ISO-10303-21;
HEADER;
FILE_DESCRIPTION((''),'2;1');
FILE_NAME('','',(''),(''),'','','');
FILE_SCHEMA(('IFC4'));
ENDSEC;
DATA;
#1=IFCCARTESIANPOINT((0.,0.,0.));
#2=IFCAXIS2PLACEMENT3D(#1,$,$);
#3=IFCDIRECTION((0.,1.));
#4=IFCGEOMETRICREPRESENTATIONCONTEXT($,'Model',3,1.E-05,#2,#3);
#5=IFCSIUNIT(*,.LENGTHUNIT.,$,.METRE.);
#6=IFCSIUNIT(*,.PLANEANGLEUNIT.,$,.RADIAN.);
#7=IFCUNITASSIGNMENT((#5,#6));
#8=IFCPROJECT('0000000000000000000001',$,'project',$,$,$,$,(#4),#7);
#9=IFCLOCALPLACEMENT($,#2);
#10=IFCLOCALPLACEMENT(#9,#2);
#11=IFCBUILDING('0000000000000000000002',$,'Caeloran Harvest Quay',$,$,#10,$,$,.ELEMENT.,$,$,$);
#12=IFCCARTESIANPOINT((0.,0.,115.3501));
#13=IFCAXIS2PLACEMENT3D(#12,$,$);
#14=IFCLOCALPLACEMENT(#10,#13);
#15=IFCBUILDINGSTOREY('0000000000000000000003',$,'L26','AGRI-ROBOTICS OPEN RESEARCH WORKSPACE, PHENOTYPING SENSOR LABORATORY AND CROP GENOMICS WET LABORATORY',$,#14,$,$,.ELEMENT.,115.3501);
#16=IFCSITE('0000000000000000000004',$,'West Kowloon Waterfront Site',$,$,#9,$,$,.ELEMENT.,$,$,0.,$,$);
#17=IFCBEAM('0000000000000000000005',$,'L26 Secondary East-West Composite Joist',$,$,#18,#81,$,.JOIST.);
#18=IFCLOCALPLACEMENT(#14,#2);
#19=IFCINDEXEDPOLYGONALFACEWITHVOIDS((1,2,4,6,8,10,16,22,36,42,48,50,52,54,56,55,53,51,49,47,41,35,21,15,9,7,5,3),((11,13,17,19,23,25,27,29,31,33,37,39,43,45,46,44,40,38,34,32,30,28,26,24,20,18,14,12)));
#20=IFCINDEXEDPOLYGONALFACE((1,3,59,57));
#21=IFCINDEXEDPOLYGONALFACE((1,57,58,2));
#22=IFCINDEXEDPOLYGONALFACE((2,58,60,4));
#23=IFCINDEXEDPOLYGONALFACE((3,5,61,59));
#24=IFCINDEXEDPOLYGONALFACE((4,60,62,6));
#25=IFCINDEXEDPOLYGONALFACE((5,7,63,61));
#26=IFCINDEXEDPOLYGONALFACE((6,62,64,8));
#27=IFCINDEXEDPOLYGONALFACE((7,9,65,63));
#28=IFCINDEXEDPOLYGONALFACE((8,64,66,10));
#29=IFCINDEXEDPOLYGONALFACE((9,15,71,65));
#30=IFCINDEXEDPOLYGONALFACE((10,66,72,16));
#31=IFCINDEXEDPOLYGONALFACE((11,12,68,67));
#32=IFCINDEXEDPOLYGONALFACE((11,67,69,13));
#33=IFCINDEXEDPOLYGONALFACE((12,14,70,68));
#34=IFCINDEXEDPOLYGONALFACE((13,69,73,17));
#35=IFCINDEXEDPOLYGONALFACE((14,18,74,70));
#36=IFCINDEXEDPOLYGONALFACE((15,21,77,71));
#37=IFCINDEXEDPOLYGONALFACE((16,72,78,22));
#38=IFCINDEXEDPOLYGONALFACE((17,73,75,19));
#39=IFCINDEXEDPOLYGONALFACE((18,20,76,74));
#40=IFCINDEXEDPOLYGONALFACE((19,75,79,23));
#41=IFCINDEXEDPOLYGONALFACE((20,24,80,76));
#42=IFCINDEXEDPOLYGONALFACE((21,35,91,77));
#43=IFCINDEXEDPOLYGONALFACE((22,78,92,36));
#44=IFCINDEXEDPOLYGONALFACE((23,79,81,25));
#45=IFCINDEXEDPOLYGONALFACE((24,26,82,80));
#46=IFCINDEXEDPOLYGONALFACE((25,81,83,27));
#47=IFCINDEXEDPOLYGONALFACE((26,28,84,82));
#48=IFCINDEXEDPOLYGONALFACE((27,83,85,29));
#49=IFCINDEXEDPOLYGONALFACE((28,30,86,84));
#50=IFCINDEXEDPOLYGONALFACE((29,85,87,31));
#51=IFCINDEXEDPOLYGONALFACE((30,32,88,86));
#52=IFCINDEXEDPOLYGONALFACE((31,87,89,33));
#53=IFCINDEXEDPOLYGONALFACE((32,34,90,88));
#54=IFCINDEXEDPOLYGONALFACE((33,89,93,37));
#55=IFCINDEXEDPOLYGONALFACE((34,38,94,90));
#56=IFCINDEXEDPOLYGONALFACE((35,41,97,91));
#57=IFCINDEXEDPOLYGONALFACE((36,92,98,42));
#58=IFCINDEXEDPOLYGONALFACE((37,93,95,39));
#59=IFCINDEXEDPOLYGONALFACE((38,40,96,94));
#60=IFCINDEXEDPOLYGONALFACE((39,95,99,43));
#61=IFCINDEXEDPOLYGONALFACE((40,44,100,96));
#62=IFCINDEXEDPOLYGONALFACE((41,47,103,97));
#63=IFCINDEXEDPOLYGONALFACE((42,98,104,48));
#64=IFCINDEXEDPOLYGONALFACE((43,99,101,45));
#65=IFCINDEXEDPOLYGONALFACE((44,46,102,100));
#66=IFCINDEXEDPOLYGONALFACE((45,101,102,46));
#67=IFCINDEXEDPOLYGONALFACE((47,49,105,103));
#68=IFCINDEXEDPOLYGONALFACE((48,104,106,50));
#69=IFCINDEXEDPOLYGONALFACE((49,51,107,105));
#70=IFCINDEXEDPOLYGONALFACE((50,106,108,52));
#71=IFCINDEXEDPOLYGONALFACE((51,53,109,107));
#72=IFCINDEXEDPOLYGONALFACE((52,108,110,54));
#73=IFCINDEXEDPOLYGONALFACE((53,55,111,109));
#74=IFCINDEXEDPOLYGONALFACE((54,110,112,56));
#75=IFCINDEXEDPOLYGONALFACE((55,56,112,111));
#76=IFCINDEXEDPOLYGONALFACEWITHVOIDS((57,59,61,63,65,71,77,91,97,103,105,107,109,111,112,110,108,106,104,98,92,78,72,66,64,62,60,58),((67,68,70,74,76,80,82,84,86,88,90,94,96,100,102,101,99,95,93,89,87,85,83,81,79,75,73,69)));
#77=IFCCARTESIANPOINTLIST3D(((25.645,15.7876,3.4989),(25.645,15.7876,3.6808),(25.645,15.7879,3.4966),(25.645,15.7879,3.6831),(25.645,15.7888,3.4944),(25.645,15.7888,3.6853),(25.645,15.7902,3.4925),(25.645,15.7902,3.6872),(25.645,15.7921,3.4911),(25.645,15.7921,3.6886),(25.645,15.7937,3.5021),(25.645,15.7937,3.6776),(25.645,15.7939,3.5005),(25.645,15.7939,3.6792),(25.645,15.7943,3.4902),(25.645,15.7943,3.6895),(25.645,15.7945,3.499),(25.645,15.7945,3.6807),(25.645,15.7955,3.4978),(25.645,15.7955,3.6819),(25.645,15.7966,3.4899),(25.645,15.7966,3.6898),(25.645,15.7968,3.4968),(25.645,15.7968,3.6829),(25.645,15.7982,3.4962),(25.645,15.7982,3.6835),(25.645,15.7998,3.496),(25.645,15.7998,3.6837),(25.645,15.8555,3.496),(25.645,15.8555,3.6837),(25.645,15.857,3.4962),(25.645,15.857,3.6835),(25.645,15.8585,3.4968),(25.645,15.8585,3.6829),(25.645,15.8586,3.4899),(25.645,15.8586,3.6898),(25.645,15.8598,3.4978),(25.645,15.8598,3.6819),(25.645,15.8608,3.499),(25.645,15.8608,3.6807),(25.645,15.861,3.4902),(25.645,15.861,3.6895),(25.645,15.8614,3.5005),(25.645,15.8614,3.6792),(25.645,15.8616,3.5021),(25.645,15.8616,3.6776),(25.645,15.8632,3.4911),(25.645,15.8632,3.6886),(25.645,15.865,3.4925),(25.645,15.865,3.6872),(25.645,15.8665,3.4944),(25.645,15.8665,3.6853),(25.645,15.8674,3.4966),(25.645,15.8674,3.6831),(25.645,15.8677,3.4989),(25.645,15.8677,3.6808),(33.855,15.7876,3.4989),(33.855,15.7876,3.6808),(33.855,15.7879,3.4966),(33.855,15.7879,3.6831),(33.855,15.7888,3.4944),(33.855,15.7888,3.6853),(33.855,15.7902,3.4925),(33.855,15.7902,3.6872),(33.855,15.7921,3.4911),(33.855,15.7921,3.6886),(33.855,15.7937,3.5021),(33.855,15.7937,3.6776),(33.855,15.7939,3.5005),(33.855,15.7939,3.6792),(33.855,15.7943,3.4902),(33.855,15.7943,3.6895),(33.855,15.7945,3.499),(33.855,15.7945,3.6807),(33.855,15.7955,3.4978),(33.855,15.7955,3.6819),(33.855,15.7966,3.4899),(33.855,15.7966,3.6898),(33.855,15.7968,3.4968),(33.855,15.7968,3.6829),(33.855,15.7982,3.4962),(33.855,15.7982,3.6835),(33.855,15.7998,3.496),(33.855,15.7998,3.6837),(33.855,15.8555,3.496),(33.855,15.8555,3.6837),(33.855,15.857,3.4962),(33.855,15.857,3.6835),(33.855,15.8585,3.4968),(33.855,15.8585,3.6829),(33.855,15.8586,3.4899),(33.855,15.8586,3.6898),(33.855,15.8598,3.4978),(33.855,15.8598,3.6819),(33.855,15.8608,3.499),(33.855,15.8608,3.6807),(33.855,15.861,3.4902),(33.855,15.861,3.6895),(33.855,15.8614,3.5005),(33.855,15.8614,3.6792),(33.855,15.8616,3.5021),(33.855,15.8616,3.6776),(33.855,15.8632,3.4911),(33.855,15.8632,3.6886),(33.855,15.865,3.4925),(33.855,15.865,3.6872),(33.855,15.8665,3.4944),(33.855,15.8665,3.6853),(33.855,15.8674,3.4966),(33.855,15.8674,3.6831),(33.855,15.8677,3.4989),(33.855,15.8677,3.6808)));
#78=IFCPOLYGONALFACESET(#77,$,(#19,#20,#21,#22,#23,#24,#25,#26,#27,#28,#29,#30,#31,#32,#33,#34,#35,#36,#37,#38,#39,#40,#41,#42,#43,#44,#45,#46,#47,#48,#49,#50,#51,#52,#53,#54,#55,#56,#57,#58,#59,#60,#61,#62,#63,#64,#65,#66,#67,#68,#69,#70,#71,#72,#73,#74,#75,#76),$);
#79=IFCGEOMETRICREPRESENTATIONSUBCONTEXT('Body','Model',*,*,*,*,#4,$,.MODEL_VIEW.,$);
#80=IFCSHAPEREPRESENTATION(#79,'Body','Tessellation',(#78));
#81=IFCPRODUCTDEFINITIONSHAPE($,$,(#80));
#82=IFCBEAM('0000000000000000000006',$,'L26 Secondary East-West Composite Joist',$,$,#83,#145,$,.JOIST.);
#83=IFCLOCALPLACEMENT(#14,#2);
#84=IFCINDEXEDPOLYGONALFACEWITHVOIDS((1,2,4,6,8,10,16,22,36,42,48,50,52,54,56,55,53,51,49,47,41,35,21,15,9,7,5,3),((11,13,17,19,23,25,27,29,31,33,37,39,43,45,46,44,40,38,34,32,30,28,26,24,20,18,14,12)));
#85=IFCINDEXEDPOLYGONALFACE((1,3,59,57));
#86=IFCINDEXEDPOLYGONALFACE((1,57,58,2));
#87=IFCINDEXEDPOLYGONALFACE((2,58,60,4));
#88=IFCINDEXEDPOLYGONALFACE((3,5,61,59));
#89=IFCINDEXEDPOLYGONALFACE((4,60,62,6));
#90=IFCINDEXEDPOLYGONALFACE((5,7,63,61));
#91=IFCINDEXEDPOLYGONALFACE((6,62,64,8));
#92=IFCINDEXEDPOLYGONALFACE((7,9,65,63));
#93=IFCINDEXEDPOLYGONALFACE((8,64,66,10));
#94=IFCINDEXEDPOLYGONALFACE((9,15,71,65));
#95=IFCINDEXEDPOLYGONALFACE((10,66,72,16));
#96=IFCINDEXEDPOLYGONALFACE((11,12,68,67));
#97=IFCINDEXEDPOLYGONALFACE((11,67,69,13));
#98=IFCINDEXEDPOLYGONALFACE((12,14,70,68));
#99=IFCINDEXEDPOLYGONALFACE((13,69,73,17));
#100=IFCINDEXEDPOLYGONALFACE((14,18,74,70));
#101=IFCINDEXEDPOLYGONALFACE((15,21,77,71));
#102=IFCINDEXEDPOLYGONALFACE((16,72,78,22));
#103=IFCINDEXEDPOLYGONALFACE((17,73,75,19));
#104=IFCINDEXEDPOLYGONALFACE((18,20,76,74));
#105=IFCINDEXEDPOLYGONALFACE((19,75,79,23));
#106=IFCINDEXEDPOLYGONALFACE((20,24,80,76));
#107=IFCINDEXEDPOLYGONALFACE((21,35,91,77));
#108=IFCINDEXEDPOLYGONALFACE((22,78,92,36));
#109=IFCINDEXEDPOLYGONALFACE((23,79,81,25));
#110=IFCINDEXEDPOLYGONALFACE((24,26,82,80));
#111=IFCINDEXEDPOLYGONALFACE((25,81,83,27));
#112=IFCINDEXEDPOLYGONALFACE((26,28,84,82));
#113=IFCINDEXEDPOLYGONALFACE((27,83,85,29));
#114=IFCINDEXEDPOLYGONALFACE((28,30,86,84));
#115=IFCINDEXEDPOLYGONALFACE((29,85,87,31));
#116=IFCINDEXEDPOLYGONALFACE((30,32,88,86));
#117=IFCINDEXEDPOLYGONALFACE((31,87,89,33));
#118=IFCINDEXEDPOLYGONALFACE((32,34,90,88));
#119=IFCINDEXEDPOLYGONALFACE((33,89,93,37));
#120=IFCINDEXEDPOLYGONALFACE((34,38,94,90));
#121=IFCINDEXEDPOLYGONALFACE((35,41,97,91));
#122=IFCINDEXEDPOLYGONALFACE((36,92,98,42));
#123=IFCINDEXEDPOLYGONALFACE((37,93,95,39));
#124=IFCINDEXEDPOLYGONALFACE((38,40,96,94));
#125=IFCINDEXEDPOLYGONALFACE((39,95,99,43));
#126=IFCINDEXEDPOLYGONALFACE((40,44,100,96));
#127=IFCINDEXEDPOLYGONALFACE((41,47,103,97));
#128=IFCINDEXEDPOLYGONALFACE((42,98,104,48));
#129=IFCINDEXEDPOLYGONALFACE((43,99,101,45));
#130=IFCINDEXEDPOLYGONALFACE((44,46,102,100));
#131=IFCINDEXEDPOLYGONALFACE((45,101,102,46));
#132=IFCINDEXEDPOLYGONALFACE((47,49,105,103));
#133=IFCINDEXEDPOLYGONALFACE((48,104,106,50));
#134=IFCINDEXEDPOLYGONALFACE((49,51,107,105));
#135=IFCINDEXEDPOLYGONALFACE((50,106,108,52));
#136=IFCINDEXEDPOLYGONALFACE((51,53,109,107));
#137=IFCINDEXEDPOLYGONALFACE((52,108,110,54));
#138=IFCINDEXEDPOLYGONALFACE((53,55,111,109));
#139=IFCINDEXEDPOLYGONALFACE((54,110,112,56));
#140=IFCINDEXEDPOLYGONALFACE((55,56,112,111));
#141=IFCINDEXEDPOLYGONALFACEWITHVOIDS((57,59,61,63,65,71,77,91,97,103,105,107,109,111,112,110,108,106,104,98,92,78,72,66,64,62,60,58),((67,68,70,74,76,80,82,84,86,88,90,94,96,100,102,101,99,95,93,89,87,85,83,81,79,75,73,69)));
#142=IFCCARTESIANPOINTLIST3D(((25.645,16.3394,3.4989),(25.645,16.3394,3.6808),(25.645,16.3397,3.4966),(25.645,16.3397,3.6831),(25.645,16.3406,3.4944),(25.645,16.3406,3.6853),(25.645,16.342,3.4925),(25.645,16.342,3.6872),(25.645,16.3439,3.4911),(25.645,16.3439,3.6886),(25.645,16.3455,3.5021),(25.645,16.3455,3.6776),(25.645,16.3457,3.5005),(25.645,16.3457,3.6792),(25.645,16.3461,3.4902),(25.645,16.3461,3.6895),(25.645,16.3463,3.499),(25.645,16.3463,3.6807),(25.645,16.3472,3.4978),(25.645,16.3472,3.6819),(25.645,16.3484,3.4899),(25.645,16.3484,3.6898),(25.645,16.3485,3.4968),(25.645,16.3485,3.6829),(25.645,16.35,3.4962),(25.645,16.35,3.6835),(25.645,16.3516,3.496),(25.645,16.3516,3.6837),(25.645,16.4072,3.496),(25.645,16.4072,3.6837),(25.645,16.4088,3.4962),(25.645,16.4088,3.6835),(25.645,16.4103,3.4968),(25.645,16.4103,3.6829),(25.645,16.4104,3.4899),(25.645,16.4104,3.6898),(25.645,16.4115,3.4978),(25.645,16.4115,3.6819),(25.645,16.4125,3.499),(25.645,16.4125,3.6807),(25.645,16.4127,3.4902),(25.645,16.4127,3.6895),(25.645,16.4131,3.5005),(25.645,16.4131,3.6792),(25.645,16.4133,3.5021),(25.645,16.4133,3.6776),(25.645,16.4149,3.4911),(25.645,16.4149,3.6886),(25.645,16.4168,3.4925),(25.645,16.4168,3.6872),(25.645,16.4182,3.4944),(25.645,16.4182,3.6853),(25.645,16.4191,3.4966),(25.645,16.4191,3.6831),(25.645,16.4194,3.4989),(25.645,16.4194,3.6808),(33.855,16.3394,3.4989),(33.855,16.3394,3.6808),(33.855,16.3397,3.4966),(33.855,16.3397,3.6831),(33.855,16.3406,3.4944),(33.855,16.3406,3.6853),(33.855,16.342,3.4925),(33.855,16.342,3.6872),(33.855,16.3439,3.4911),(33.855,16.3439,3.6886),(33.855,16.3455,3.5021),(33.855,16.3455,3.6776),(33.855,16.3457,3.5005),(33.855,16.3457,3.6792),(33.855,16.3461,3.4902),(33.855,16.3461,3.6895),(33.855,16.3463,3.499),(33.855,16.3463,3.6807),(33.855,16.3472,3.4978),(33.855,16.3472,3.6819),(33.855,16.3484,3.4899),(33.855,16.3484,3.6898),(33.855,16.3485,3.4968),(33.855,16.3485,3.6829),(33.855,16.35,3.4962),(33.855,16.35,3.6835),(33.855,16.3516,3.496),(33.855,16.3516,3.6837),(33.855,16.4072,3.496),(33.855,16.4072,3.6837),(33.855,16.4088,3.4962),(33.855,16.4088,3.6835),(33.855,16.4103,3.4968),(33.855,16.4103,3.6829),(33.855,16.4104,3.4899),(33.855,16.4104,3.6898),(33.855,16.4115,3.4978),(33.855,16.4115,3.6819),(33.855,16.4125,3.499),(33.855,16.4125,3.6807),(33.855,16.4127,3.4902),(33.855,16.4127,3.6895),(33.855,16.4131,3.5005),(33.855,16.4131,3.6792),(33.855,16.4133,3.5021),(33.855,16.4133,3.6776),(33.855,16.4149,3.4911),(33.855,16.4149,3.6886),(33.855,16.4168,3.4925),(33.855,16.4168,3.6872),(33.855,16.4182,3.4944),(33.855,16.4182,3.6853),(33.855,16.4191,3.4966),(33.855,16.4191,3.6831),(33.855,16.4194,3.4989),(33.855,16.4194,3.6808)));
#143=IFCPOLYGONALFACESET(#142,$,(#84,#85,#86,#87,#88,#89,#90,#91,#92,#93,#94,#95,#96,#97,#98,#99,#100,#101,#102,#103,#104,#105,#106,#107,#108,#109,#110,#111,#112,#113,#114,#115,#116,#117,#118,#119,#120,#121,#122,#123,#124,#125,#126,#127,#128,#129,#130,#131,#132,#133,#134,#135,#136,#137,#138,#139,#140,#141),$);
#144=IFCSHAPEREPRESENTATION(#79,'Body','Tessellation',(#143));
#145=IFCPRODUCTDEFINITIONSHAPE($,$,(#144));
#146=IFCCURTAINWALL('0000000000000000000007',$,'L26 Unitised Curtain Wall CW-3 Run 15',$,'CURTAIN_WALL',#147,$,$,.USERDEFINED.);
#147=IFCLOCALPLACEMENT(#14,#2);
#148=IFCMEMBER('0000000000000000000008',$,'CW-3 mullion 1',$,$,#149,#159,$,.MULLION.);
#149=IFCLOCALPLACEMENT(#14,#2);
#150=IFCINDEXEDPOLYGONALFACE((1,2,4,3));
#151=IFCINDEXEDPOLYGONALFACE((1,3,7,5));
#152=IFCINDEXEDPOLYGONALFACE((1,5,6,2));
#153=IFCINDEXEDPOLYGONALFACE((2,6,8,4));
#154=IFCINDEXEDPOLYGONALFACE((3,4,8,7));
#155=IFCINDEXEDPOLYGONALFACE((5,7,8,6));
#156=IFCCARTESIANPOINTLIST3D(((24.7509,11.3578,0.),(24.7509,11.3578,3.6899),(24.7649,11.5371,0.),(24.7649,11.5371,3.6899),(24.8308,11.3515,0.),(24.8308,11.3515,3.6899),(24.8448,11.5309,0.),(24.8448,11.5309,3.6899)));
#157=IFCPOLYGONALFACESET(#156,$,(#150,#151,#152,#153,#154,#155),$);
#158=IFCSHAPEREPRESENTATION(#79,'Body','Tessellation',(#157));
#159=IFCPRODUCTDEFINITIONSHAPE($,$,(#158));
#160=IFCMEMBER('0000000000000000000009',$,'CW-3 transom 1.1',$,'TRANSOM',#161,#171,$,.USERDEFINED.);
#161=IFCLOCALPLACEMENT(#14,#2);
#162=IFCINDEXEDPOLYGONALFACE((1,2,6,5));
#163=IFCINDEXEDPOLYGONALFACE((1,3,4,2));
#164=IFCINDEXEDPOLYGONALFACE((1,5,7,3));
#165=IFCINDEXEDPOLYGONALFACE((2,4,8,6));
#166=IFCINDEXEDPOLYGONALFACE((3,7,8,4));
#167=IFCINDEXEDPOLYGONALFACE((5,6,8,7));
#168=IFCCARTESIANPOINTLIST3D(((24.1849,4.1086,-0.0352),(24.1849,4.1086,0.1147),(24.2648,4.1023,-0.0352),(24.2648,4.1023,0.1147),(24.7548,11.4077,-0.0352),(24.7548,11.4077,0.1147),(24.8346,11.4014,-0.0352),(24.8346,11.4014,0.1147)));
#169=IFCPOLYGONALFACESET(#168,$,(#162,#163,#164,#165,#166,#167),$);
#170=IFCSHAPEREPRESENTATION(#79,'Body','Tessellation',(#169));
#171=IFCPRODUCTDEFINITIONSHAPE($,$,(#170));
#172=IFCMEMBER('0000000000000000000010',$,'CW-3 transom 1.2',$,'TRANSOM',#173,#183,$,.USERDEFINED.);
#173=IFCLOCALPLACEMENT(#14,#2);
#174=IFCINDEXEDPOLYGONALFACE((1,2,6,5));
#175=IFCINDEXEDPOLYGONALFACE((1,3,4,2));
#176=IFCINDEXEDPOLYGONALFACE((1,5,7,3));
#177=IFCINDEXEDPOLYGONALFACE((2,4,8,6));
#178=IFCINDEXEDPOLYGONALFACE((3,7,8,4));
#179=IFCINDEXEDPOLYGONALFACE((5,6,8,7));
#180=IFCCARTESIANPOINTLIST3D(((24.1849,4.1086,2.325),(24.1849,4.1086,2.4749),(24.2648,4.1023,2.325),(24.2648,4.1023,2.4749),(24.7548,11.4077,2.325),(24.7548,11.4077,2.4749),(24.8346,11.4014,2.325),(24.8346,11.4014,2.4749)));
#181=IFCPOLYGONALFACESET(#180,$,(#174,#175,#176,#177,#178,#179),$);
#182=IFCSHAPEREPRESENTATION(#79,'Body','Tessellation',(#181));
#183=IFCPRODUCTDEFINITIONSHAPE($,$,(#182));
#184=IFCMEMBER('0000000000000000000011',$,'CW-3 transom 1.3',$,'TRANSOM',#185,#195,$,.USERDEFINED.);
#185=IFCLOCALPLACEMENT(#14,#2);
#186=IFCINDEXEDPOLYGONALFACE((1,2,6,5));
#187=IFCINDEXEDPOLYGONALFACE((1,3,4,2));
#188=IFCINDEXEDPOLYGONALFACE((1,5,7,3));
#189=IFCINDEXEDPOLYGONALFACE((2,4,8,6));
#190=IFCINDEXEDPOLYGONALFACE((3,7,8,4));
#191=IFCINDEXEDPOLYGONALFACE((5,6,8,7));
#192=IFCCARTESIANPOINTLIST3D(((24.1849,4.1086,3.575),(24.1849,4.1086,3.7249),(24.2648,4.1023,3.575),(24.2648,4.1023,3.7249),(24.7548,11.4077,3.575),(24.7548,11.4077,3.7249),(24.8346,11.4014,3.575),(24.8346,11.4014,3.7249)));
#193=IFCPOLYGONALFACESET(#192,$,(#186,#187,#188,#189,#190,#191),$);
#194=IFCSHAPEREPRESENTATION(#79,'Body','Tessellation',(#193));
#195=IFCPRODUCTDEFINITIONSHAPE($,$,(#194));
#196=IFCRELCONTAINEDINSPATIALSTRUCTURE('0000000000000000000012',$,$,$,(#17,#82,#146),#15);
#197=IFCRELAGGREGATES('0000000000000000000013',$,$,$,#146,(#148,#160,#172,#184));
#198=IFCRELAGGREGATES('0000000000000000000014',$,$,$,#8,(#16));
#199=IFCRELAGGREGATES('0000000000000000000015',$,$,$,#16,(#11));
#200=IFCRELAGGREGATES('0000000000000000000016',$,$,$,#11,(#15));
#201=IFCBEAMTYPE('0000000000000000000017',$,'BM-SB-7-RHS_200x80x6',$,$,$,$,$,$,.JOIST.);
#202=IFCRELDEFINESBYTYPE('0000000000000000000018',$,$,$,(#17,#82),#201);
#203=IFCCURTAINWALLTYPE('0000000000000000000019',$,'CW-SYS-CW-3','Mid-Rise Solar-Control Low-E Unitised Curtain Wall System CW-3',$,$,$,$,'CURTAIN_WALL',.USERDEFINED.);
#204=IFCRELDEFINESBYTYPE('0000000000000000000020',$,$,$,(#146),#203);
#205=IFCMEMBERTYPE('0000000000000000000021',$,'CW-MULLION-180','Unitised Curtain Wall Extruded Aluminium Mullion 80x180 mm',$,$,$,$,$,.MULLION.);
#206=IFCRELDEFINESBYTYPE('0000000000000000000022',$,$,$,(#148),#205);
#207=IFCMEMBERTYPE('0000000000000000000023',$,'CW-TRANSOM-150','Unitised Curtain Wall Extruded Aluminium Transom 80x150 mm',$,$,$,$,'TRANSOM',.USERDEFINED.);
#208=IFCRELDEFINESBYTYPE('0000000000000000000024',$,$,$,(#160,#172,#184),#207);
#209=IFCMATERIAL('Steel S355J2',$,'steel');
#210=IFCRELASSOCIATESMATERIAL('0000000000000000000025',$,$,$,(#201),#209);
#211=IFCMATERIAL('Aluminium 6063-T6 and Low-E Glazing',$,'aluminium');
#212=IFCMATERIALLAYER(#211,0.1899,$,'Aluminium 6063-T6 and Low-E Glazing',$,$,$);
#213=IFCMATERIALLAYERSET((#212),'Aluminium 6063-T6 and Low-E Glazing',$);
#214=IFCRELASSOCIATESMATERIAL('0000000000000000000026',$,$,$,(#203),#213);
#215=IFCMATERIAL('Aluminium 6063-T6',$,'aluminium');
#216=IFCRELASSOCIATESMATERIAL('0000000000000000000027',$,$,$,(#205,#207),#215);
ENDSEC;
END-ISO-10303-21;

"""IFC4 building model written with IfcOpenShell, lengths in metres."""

from ifc_helpers import new_model, si_unit, direction, frame, origin, origin_2d, place, context, subcontext, project, spatial, rectangle, hollow_rectangle, extrude, material, layer, layer_set, material_profile, profile_set, type_object, element, aggregate, save


model = new_model("IFC4")

# Units and contexts
model_context = context("Model", 3, precision=1e-05, world=origin(), true_north=direction((0.0, 1.0)))
body_context = subcontext(model_context, "Body", "Model", "MODEL_VIEW")
ifc_project = project(units=[si_unit("LENGTHUNIT", "METRE"), si_unit("PLANEANGLEUNIT", "RADIAN")], contexts=[model_context])

# Site, building, storey
site_placement = place(None, origin())
site = spatial("IfcSite", under=ifc_project, at=site_placement, Name="West Kowloon Waterfront Site", CompositionType="ELEMENT", RefElevation=0.0)
building_placement = place(site_placement, origin())
building = spatial("IfcBuilding", under=site, at=building_placement, Name="Caeloran Harvest Quay", CompositionType="ELEMENT")
storey_placement = place(building_placement, frame((0.0, 0.0, 115.3501)))
storey = spatial("IfcBuildingStorey", under=building, at=storey_placement, Name="L26", Description="AGRI-ROBOTICS OPEN RESEARCH WORKSPACE, PHENOTYPING SENSOR LABORATORY AND CROP GENOMICS WET LABORATORY", CompositionType="ELEMENT", Elevation=115.3501)

# Beams
ifc_material_1 = material(Name="Steel S355J2", Category="steel")
ifc_material_profile_1 = material_profile(ifc_material_1, hollow_rectangle(XDim=0.0801, YDim=0.2, WallThickness=0.0061, InnerFilletRadius=0.0061, OuterFilletRadius=0.009, at=origin_2d()), Name="RHS 200x80x6")
ifc_profile_set_1 = profile_set([ifc_material_profile_1], Name="Steel S355J2")
beam_type_1 = type_object("IfcBeamType", Name="BM-SB-7-RHS_200x80x6", PredefinedType="JOIST", material=ifc_profile_set_1)
for number, where, z_axis, x_axis, name in (
    (1, (25.645, 15.8276, 3.5898), (1.0, 0.0, 0.0), (0.0, 1.0, 0.0), "L26 Secondary East-West Composite Joist"),
    (2, (25.645, 16.3794, 3.5898), (1.0, 0.0, 0.0), (0.0, 1.0, 0.0), "L26 Secondary East-West Composite Joist"),
):
    element("IfcBeam", number, at=place(storey_placement, frame(where, z_axis=z_axis, x_axis=x_axis)), inside=storey, type_object=beam_type_1, Name=name, PredefinedType="JOIST", context=body_context, shape_type="SweptSolid", body=[
        extrude(hollow_rectangle(XDim=0.0801, YDim=0.2, WallThickness=0.0061, InnerFilletRadius=0.0061, OuterFilletRadius=0.009, at=origin_2d()), origin(), (0.0, 0.0, 1.0), 8.21),
    ])

# Curtain wall, members
ifc_material_2 = material(Name="Aluminium 6063-T6 and Low-E Glazing", Category="aluminium")
ifc_layer_1 = layer(ifc_material_2, 0.1899, Name="Aluminium 6063-T6 and Low-E Glazing")
ifc_layer_set_1 = layer_set([ifc_layer_1], Name="Aluminium 6063-T6 and Low-E Glazing")
curtain_wall_type = type_object("IfcCurtainWallType", Name="CW-SYS-CW-3", Description="Mid-Rise Solar-Control Low-E Unitised Curtain Wall System CW-3", ElementType="CURTAIN_WALL", PredefinedType="USERDEFINED", material=ifc_layer_set_1)
curtain_wall_placement = place(storey_placement, origin())
curtain_wall = element("IfcCurtainWall", 3, at=curtain_wall_placement, inside=storey, type_object=curtain_wall_type, Name="L26 Unitised Curtain Wall CW-3 Run 15", ObjectType="CURTAIN_WALL", PredefinedType="USERDEFINED")
ifc_material_3 = material(Name="Aluminium 6063-T6", Category="aluminium")
ifc_material_profile_2 = material_profile(ifc_material_3, rectangle(XDim=0.0801, YDim=0.1799, at=origin_2d()), Name="CW-MULLION-180")
ifc_profile_set_2 = profile_set([ifc_material_profile_2], Name="Aluminium 6063-T6")
member_type_1 = type_object("IfcMemberType", Name="CW-MULLION-180", Description="Unitised Curtain Wall Extruded Aluminium Mullion 80x180 mm", PredefinedType="MULLION", material=ifc_profile_set_2)
member_1_placement = place(storey_placement, frame((24.7979, 11.4443, 0.0), z_axis=(0.0, 0.0, 1.0), x_axis=(0.996967, -0.077822, 0.0)))
member_1 = element("IfcMember", 4, at=member_1_placement, type_object=member_type_1, Name="CW-3 mullion 1", PredefinedType="MULLION", context=body_context, shape_type="SweptSolid", body=[
    extrude(rectangle(XDim=0.0801, YDim=0.1799, at=origin_2d()), origin(), (0.0, 0.0, 1.0), 3.6899),
])
ifc_material_profile_3 = material_profile(ifc_material_3, rectangle(XDim=0.0801, YDim=0.1499, at=origin_2d()), Name="CW-TRANSOM-150")
ifc_profile_set_3 = profile_set([ifc_material_profile_3], Name="Aluminium 6063-T6")
member_type_2 = type_object("IfcMemberType", Name="CW-TRANSOM-150", Description="Unitised Curtain Wall Extruded Aluminium Transom 80x150 mm", ElementType="TRANSOM", PredefinedType="USERDEFINED", material=ifc_profile_set_3)
member_2_placement = place(storey_placement, frame((24.7947, 11.4045, 0.0398), z_axis=(-0.077831, -0.996967, 0.0), x_axis=(0.996967, -0.077831, 0.0)))
member_2 = element("IfcMember", 5, at=member_2_placement, type_object=member_type_2, Name="CW-3 transom 1.1", ObjectType="TRANSOM", PredefinedType="USERDEFINED", context=body_context, shape_type="SweptSolid", body=[
    extrude(rectangle(XDim=0.0801, YDim=0.1499, at=origin_2d()), origin(), (0.0, 0.0, 1.0), 7.3213),
])
member_3_placement = place(storey_placement, frame((24.7947, 11.4045, 2.3999), z_axis=(-0.077831, -0.996967, 0.0), x_axis=(0.996967, -0.077831, 0.0)))
member_3 = element("IfcMember", 6, at=member_3_placement, type_object=member_type_2, Name="CW-3 transom 1.2", ObjectType="TRANSOM", PredefinedType="USERDEFINED", context=body_context, shape_type="SweptSolid", body=[
    extrude(rectangle(XDim=0.0801, YDim=0.1499, at=origin_2d()), origin(), (0.0, 0.0, 1.0), 7.3213),
])
member_4_placement = place(storey_placement, frame((24.7947, 11.4045, 3.6499), z_axis=(-0.077831, -0.996967, 0.0), x_axis=(0.996967, -0.077831, 0.0)))
member_4 = element("IfcMember", 7, at=member_4_placement, type_object=member_type_2, Name="CW-3 transom 1.3", ObjectType="TRANSOM", PredefinedType="USERDEFINED", context=body_context, shape_type="SweptSolid", body=[
    extrude(rectangle(XDim=0.0801, YDim=0.1499, at=origin_2d()), origin(), (0.0, 0.0, 1.0), 7.3213),
])
aggregate(curtain_wall, [member_1, member_2, member_3, member_4])

save(model, "model.ifc")
